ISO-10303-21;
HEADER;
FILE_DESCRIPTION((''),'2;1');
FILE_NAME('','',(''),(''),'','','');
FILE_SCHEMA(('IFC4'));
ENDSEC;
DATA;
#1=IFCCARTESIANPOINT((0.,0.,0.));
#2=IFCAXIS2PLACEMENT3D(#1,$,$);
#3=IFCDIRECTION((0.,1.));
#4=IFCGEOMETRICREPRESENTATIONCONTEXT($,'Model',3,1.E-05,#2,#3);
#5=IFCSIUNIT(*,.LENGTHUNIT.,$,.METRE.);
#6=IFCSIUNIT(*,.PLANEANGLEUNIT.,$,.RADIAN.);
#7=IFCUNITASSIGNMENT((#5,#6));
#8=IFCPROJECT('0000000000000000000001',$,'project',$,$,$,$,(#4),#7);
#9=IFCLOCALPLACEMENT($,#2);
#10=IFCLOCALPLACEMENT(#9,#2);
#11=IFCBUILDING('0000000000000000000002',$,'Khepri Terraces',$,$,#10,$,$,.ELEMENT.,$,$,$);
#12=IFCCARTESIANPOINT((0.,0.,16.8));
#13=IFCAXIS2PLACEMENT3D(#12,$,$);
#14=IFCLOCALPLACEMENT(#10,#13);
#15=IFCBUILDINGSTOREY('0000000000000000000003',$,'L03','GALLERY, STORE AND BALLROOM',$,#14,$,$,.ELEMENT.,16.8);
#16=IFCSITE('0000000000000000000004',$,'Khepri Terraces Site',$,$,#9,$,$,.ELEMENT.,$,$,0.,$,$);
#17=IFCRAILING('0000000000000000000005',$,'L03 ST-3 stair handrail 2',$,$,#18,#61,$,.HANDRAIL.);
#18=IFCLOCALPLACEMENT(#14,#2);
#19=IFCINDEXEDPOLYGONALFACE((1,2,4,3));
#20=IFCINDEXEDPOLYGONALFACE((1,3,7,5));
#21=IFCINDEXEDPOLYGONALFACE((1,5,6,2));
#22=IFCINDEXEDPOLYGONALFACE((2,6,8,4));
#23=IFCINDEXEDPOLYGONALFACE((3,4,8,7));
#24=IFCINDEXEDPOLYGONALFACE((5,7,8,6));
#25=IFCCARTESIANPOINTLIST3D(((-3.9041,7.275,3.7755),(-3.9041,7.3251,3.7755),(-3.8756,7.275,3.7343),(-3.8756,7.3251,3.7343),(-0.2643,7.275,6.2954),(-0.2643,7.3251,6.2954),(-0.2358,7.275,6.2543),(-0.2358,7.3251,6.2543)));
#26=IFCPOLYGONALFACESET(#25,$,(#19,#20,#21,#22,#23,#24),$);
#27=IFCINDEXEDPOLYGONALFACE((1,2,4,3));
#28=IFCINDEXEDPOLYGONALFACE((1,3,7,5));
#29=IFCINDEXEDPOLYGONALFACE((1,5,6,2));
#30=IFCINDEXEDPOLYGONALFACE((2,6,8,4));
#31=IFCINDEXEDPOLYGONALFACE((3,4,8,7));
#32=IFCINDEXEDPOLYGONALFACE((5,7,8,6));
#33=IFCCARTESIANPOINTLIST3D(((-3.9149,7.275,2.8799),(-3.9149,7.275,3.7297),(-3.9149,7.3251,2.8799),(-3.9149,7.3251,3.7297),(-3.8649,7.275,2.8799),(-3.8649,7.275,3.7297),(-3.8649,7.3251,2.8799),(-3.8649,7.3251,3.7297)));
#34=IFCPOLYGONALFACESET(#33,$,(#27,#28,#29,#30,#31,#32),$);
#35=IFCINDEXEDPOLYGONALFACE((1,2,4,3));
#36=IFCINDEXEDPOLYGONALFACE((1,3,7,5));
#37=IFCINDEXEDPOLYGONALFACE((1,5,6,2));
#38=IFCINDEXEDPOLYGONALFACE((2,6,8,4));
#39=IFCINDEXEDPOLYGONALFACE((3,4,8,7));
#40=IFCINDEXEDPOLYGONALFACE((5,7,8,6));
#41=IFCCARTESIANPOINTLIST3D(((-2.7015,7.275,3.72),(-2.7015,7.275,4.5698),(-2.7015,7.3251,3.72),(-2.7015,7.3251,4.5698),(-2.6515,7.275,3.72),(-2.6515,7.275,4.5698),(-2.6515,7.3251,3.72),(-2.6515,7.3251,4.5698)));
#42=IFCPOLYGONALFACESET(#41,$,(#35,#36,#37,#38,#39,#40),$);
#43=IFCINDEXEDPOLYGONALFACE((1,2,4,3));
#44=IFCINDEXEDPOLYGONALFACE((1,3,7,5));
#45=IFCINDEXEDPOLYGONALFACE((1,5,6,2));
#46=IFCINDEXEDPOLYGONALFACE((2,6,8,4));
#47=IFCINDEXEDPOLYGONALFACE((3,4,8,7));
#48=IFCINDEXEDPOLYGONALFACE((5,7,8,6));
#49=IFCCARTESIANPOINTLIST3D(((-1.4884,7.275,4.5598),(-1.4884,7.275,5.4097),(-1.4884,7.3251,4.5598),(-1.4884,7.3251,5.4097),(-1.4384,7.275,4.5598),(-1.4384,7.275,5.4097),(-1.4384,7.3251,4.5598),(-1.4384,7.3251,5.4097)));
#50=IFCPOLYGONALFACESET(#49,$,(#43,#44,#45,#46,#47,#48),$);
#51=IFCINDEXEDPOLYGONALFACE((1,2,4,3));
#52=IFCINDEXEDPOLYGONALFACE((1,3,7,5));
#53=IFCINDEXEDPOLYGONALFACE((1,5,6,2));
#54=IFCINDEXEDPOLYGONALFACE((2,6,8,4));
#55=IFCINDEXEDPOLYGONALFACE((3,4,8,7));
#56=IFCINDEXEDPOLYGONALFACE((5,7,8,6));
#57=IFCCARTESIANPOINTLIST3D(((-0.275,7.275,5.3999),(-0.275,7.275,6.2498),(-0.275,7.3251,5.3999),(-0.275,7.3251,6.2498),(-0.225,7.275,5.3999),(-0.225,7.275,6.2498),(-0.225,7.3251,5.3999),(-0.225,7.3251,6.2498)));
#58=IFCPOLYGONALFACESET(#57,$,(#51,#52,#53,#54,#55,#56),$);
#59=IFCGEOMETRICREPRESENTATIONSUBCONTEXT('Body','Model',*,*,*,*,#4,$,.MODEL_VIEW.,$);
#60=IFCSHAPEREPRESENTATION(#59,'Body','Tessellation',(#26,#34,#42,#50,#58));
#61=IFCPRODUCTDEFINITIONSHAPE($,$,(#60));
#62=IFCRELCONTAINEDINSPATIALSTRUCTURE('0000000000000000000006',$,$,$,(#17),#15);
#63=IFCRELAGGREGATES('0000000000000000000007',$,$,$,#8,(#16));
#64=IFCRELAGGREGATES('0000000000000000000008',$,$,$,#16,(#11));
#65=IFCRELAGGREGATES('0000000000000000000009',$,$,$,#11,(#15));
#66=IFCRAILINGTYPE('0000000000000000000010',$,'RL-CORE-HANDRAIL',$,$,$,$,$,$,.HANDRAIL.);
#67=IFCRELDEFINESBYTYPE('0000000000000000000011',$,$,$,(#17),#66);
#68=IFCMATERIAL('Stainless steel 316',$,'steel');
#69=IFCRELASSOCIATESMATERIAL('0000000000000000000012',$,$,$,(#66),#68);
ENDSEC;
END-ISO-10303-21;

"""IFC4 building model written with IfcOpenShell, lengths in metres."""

from ifc_helpers import new_model, si_unit, direction, frame, origin, origin_2d, place, context, subcontext, project, spatial, rectangle, extrude, material, type_object, element, save


model = new_model("IFC4")

# Units and contexts
model_context = context("Model", 3, precision=1e-05, world=origin(), true_north=direction((0.0, 1.0)))
body_context = subcontext(model_context, "Body", "Model", "MODEL_VIEW")
ifc_project = project(units=[si_unit("LENGTHUNIT", "METRE"), si_unit("PLANEANGLEUNIT", "RADIAN")], contexts=[model_context])

# Site, building, storey
site_placement = place(None, origin())
site = spatial("IfcSite", under=ifc_project, at=site_placement, Name="Khepri Terraces Site", CompositionType="ELEMENT", RefElevation=0.0)
building_placement = place(site_placement, origin())
building = spatial("IfcBuilding", under=site, at=building_placement, Name="Khepri Terraces", CompositionType="ELEMENT")
storey_placement = place(building_placement, frame((0.0, 0.0, 16.8)))
storey = spatial("IfcBuildingStorey", under=building, at=storey_placement, Name="L03", Description="GALLERY, STORE AND BALLROOM", CompositionType="ELEMENT", Elevation=16.8)

# Railing
ifc_material_1 = material(Name="Stainless steel 316", Category="steel")
railing_type_1 = type_object("IfcRailingType", Name="RL-CORE-HANDRAIL", PredefinedType="HANDRAIL", material=ifc_material_1)
railing_1_placement = place(storey_placement, frame((-3.8899, 7.3, 2.8799)))
element("IfcRailing", 1, at=railing_1_placement, inside=storey, type_object=railing_type_1, Name="L03 ST-3 stair handrail 2", PredefinedType="HANDRAIL", context=body_context, shape_type="SweptSolid", body=[
    extrude(rectangle(XDim=0.05, YDim=0.05, at=origin_2d()), frame((0.0, 0.0, 0.875), z_axis=(0.822182, 0.0, 0.569224), x_axis=(0.0, 1.0, 0.0)), (0.0, 0.0, 1.0), 4.427),
    extrude(rectangle(XDim=0.05, YDim=0.05, at=origin_2d()), origin(), (0.0, 0.0, 1.0), 0.8499),
    extrude(rectangle(XDim=0.05, YDim=0.05, at=origin_2d()), frame((1.2134, 0.0, 0.8401)), (0.0, 0.0, 1.0), 0.8499),
    extrude(rectangle(XDim=0.05, YDim=0.05, at=origin_2d()), frame((2.4265, 0.0, 1.6799)), (0.0, 0.0, 1.0), 0.8499),
    extrude(rectangle(XDim=0.05, YDim=0.05, at=origin_2d()), frame((3.6399, 0.0, 2.52)), (0.0, 0.0, 1.0), 0.8499),
])

save(model, "model.ifc")
